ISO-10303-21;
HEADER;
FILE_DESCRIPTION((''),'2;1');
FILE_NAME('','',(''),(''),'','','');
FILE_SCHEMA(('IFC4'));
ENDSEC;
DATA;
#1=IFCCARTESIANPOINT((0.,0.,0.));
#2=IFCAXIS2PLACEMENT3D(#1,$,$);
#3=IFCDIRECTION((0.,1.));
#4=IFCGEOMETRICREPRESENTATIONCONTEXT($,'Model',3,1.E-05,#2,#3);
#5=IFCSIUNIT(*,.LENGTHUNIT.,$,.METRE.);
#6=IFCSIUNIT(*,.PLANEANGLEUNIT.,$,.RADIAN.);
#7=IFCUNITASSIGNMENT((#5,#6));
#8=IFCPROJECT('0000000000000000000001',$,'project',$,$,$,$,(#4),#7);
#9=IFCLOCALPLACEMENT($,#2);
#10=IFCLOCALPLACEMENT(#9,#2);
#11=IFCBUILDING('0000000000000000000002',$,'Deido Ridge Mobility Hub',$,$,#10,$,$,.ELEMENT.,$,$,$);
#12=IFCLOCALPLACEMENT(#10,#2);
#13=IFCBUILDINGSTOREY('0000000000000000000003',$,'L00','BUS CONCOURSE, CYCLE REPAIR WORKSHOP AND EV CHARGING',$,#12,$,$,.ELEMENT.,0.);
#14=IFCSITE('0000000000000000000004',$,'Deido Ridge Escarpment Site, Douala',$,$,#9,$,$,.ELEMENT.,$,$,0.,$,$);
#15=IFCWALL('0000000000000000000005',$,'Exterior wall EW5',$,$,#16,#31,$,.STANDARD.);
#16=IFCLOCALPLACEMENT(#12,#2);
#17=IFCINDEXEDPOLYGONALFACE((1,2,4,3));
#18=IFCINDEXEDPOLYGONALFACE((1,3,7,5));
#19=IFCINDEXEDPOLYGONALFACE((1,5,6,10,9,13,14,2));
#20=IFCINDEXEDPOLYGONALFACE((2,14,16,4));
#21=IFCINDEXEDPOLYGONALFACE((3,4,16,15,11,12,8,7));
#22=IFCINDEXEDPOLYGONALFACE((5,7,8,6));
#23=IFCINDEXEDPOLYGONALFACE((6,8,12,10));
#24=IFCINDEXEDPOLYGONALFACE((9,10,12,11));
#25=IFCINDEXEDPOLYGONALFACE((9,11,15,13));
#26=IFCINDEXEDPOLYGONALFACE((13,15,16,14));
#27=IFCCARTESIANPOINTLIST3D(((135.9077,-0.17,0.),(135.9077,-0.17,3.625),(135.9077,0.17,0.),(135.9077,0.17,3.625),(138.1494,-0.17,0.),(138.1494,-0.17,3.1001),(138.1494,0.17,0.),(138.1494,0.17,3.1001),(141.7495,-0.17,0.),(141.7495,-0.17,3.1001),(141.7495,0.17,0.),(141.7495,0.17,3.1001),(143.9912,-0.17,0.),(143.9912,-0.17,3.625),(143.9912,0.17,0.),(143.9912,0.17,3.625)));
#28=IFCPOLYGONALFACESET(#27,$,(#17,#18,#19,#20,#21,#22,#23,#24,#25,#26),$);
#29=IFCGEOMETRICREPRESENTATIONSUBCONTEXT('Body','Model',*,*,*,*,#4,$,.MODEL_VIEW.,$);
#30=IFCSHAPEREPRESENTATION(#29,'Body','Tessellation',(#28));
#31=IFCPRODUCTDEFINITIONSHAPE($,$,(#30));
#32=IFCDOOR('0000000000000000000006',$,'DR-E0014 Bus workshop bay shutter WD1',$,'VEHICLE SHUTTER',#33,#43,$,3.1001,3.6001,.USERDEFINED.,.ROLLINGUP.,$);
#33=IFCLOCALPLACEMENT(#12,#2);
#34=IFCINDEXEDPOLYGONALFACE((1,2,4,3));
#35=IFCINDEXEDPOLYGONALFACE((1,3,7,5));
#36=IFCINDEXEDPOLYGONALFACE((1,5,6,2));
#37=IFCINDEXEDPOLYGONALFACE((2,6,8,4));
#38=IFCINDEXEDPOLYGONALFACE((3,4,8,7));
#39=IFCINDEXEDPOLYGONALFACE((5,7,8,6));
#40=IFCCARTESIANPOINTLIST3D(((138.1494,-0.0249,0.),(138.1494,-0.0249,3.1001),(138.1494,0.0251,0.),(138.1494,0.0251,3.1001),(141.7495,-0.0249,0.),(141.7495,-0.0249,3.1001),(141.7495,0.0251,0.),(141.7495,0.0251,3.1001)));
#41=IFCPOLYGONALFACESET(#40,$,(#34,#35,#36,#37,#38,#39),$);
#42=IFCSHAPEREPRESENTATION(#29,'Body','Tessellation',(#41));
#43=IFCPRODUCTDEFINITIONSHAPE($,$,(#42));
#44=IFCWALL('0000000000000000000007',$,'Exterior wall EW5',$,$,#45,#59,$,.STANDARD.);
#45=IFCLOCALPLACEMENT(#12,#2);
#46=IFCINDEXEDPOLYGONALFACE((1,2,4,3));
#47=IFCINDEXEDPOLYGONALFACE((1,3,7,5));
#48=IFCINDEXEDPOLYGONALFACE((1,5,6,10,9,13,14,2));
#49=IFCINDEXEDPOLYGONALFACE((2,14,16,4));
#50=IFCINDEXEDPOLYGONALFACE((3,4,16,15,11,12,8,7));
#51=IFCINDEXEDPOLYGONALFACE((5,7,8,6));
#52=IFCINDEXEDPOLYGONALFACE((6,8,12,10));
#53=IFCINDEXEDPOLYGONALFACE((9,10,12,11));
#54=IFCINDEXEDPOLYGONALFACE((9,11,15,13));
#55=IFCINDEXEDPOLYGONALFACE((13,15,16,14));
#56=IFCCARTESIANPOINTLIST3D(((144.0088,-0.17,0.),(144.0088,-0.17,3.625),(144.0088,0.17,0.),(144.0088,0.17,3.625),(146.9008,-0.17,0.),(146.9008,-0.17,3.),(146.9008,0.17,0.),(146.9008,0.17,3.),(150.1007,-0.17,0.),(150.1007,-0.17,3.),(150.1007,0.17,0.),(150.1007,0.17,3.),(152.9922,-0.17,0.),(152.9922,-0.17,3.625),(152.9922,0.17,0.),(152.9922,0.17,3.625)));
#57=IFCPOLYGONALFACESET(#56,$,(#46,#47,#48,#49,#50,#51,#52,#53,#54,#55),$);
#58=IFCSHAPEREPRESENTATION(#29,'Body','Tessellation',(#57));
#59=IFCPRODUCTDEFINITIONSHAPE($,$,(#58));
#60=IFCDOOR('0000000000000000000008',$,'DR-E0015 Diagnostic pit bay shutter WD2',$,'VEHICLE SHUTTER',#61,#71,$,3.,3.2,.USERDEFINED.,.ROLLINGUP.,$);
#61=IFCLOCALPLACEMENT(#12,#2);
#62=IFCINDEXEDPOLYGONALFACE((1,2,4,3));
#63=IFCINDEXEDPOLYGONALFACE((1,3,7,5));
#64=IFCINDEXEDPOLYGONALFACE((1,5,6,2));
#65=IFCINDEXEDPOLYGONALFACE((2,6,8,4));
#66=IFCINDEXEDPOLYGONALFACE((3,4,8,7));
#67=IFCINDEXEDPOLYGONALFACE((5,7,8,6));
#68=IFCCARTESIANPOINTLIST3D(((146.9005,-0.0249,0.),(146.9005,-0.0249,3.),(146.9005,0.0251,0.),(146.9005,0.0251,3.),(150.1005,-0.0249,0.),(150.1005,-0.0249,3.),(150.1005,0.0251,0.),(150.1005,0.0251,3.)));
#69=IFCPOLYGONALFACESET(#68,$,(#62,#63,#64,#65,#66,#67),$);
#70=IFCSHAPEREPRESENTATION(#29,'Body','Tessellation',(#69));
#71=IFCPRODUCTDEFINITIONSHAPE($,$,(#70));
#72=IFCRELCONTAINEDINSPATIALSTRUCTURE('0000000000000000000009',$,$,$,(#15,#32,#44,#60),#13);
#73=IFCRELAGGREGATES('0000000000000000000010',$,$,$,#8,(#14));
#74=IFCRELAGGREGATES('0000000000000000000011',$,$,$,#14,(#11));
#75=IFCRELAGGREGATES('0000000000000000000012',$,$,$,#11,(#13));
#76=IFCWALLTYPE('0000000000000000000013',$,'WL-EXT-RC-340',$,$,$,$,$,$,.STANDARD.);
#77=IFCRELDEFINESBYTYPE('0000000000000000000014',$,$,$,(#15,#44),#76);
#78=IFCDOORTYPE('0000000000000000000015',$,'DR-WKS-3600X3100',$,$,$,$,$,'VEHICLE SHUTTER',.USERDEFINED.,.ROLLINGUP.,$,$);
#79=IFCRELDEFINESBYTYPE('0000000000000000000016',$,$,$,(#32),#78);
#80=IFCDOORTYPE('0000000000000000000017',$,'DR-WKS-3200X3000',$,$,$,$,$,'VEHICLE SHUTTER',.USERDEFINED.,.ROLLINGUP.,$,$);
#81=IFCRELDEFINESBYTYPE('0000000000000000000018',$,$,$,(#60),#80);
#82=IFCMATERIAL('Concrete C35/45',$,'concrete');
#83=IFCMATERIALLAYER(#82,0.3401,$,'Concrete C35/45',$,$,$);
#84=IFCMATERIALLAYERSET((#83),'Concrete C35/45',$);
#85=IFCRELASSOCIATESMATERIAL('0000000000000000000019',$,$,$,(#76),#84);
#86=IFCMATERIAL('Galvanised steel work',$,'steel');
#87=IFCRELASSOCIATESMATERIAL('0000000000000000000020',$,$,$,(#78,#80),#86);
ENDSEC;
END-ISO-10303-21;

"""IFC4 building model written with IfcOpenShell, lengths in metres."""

from ifc_helpers import new_model, si_unit, direction, frame, frame_2d, origin, place, context, subcontext, project, spatial, rectangle, extrude, material, layer, layer_set, type_object, element, fill, save


model = new_model("IFC4")

# Units and contexts
model_context = context("Model", 3, precision=1e-05, world=origin(), true_north=direction((0.0, 1.0)))
body_context = subcontext(model_context, "Body", "Model", "MODEL_VIEW")
ifc_project = project(units=[si_unit("LENGTHUNIT", "METRE"), si_unit("PLANEANGLEUNIT", "RADIAN")], contexts=[model_context])

# Site, building, storey
site_placement = place(None, origin())
site = spatial("IfcSite", under=ifc_project, at=site_placement, Name="Deido Ridge Escarpment Site, Douala", CompositionType="ELEMENT", RefElevation=0.0)
building_placement = place(site_placement, origin())
building = spatial("IfcBuilding", under=site, at=building_placement, Name="Deido Ridge Mobility Hub", CompositionType="ELEMENT")
storey_placement = place(building_placement, origin())
storey = spatial("IfcBuildingStorey", under=building, at=storey_placement, Name="L00", Description="BUS CONCOURSE, CYCLE REPAIR WORKSHOP AND EV CHARGING", CompositionType="ELEMENT", Elevation=0.0)

# Shared definitions
ifc_material_1 = material(Name="Concrete C35/45", Category="concrete")
ifc_layer_1 = layer(ifc_material_1, 0.3401, Name="Concrete C35/45")
ifc_layer_set_1 = layer_set([ifc_layer_1], Name="Concrete C35/45")
wall_type_1 = type_object("IfcWallType", Name="WL-EXT-RC-340", PredefinedType="STANDARD", material=ifc_layer_set_1)

# Walls, openings, doors
wall_1_placement = place(storey_placement, frame((135.9077, 0.0, 0.0), z_axis=(0.0, 0.0, 1.0), x_axis=(1.0, 0.0, 0.0)))
wall_1 = element("IfcWall", 1, at=wall_1_placement, inside=storey, type_object=wall_type_1, Name="Exterior wall EW5", PredefinedType="STANDARD", context=body_context, shape_type="SweptSolid", body=[
    extrude(rectangle(XDim=8.0835, YDim=0.3401, at=frame_2d((4.0417, 0.0))), origin(), (0.0, 0.0, 1.0), 3.625),
])
opening_1_placement = place(wall_1_placement, frame((2.2417, 0.0, 0.0)))
opening_1 = element("IfcOpeningElement", 2, at=opening_1_placement, cuts=wall_1, PredefinedType="OPENING", context=body_context, shape_type="SweptSolid", body=[
    extrude(rectangle(XDim=3.6001, YDim=3.1001, at=frame_2d((1.8, 1.55))), frame((0.0, 0.1802, 0.0), z_axis=(0.0, -1.0, 0.0), x_axis=(1.0, 0.0, 0.0)), (0.0, 0.0, 1.0), 0.3601),
])
ifc_material_2 = material(Name="Galvanised steel work", Category="steel")
door_type_1 = type_object("IfcDoorType", Name="DR-WKS-3600X3100", ElementType="VEHICLE SHUTTER", OperationType="ROLLINGUP", PredefinedType="USERDEFINED", material=ifc_material_2)
door_1_placement = place(opening_1_placement, frame((3.6001, 0.0, 0.0), z_axis=(0.0, 0.0, 1.0), x_axis=(-1.0, 0.0, 0.0)))
door_1 = element("IfcDoor", 3, at=door_1_placement, inside=storey, type_object=door_type_1, Name="DR-E0014 Bus workshop bay shutter WD1", ObjectType="VEHICLE SHUTTER", OperationType="ROLLINGUP", OverallHeight=3.1001, OverallWidth=3.6001, PredefinedType="USERDEFINED", context=body_context, shape_type="SweptSolid", body=[
    extrude(rectangle(XDim=3.6001, YDim=3.1001, at=frame_2d((1.8, 1.55))), frame((0.0, 0.0249, 0.0), z_axis=(0.0, -1.0, 0.0), x_axis=(1.0, 0.0, 0.0)), (0.0, 0.0, 1.0), 0.05),
])
fill(opening_1, door_1)
wall_2_placement = place(storey_placement, frame((144.0088, 0.0, 0.0), z_axis=(0.0, 0.0, 1.0), x_axis=(1.0, 0.0, 0.0)))
wall_2 = element("IfcWall", 4, at=wall_2_placement, inside=storey, type_object=wall_type_1, Name="Exterior wall EW5", PredefinedType="STANDARD", context=body_context, shape_type="SweptSolid", body=[
    extrude(rectangle(XDim=8.9834, YDim=0.3401, at=frame_2d((4.4917, 0.0))), origin(), (0.0, 0.0, 1.0), 3.625),
])
opening_2_placement = place(wall_2_placement, frame((2.8918, 0.0, 0.0)))
opening_2 = element("IfcOpeningElement", 5, at=opening_2_placement, cuts=wall_2, PredefinedType="OPENING", context=body_context, shape_type="SweptSolid", body=[
    extrude(rectangle(XDim=3.2, YDim=3.0, at=frame_2d((1.6001, 1.5))), frame((0.0, 0.1802, 0.0), z_axis=(0.0, -1.0, 0.0), x_axis=(1.0, 0.0, 0.0)), (0.0, 0.0, 1.0), 0.3601),
])
door_type_2 = type_object("IfcDoorType", Name="DR-WKS-3200X3000", ElementType="VEHICLE SHUTTER", OperationType="ROLLINGUP", PredefinedType="USERDEFINED", material=ifc_material_2)
door_2_placement = place(opening_2_placement, frame((3.2, 0.0, 0.0), z_axis=(0.0, 0.0, 1.0), x_axis=(-1.0, 0.0, 0.0)))
door_2 = element("IfcDoor", 6, at=door_2_placement, inside=storey, type_object=door_type_2, Name="DR-E0015 Diagnostic pit bay shutter WD2", ObjectType="VEHICLE SHUTTER", OperationType="ROLLINGUP", OverallHeight=3.0, OverallWidth=3.2, PredefinedType="USERDEFINED", context=body_context, shape_type="SweptSolid", body=[
    extrude(rectangle(XDim=3.2, YDim=3.0, at=frame_2d((1.6001, 1.5))), frame((0.0, 0.0249, 0.0), z_axis=(0.0, -1.0, 0.0), x_axis=(1.0, 0.0, 0.0)), (0.0, 0.0, 1.0), 0.05),
])
fill(opening_2, door_2)

save(model, "model.ifc")
